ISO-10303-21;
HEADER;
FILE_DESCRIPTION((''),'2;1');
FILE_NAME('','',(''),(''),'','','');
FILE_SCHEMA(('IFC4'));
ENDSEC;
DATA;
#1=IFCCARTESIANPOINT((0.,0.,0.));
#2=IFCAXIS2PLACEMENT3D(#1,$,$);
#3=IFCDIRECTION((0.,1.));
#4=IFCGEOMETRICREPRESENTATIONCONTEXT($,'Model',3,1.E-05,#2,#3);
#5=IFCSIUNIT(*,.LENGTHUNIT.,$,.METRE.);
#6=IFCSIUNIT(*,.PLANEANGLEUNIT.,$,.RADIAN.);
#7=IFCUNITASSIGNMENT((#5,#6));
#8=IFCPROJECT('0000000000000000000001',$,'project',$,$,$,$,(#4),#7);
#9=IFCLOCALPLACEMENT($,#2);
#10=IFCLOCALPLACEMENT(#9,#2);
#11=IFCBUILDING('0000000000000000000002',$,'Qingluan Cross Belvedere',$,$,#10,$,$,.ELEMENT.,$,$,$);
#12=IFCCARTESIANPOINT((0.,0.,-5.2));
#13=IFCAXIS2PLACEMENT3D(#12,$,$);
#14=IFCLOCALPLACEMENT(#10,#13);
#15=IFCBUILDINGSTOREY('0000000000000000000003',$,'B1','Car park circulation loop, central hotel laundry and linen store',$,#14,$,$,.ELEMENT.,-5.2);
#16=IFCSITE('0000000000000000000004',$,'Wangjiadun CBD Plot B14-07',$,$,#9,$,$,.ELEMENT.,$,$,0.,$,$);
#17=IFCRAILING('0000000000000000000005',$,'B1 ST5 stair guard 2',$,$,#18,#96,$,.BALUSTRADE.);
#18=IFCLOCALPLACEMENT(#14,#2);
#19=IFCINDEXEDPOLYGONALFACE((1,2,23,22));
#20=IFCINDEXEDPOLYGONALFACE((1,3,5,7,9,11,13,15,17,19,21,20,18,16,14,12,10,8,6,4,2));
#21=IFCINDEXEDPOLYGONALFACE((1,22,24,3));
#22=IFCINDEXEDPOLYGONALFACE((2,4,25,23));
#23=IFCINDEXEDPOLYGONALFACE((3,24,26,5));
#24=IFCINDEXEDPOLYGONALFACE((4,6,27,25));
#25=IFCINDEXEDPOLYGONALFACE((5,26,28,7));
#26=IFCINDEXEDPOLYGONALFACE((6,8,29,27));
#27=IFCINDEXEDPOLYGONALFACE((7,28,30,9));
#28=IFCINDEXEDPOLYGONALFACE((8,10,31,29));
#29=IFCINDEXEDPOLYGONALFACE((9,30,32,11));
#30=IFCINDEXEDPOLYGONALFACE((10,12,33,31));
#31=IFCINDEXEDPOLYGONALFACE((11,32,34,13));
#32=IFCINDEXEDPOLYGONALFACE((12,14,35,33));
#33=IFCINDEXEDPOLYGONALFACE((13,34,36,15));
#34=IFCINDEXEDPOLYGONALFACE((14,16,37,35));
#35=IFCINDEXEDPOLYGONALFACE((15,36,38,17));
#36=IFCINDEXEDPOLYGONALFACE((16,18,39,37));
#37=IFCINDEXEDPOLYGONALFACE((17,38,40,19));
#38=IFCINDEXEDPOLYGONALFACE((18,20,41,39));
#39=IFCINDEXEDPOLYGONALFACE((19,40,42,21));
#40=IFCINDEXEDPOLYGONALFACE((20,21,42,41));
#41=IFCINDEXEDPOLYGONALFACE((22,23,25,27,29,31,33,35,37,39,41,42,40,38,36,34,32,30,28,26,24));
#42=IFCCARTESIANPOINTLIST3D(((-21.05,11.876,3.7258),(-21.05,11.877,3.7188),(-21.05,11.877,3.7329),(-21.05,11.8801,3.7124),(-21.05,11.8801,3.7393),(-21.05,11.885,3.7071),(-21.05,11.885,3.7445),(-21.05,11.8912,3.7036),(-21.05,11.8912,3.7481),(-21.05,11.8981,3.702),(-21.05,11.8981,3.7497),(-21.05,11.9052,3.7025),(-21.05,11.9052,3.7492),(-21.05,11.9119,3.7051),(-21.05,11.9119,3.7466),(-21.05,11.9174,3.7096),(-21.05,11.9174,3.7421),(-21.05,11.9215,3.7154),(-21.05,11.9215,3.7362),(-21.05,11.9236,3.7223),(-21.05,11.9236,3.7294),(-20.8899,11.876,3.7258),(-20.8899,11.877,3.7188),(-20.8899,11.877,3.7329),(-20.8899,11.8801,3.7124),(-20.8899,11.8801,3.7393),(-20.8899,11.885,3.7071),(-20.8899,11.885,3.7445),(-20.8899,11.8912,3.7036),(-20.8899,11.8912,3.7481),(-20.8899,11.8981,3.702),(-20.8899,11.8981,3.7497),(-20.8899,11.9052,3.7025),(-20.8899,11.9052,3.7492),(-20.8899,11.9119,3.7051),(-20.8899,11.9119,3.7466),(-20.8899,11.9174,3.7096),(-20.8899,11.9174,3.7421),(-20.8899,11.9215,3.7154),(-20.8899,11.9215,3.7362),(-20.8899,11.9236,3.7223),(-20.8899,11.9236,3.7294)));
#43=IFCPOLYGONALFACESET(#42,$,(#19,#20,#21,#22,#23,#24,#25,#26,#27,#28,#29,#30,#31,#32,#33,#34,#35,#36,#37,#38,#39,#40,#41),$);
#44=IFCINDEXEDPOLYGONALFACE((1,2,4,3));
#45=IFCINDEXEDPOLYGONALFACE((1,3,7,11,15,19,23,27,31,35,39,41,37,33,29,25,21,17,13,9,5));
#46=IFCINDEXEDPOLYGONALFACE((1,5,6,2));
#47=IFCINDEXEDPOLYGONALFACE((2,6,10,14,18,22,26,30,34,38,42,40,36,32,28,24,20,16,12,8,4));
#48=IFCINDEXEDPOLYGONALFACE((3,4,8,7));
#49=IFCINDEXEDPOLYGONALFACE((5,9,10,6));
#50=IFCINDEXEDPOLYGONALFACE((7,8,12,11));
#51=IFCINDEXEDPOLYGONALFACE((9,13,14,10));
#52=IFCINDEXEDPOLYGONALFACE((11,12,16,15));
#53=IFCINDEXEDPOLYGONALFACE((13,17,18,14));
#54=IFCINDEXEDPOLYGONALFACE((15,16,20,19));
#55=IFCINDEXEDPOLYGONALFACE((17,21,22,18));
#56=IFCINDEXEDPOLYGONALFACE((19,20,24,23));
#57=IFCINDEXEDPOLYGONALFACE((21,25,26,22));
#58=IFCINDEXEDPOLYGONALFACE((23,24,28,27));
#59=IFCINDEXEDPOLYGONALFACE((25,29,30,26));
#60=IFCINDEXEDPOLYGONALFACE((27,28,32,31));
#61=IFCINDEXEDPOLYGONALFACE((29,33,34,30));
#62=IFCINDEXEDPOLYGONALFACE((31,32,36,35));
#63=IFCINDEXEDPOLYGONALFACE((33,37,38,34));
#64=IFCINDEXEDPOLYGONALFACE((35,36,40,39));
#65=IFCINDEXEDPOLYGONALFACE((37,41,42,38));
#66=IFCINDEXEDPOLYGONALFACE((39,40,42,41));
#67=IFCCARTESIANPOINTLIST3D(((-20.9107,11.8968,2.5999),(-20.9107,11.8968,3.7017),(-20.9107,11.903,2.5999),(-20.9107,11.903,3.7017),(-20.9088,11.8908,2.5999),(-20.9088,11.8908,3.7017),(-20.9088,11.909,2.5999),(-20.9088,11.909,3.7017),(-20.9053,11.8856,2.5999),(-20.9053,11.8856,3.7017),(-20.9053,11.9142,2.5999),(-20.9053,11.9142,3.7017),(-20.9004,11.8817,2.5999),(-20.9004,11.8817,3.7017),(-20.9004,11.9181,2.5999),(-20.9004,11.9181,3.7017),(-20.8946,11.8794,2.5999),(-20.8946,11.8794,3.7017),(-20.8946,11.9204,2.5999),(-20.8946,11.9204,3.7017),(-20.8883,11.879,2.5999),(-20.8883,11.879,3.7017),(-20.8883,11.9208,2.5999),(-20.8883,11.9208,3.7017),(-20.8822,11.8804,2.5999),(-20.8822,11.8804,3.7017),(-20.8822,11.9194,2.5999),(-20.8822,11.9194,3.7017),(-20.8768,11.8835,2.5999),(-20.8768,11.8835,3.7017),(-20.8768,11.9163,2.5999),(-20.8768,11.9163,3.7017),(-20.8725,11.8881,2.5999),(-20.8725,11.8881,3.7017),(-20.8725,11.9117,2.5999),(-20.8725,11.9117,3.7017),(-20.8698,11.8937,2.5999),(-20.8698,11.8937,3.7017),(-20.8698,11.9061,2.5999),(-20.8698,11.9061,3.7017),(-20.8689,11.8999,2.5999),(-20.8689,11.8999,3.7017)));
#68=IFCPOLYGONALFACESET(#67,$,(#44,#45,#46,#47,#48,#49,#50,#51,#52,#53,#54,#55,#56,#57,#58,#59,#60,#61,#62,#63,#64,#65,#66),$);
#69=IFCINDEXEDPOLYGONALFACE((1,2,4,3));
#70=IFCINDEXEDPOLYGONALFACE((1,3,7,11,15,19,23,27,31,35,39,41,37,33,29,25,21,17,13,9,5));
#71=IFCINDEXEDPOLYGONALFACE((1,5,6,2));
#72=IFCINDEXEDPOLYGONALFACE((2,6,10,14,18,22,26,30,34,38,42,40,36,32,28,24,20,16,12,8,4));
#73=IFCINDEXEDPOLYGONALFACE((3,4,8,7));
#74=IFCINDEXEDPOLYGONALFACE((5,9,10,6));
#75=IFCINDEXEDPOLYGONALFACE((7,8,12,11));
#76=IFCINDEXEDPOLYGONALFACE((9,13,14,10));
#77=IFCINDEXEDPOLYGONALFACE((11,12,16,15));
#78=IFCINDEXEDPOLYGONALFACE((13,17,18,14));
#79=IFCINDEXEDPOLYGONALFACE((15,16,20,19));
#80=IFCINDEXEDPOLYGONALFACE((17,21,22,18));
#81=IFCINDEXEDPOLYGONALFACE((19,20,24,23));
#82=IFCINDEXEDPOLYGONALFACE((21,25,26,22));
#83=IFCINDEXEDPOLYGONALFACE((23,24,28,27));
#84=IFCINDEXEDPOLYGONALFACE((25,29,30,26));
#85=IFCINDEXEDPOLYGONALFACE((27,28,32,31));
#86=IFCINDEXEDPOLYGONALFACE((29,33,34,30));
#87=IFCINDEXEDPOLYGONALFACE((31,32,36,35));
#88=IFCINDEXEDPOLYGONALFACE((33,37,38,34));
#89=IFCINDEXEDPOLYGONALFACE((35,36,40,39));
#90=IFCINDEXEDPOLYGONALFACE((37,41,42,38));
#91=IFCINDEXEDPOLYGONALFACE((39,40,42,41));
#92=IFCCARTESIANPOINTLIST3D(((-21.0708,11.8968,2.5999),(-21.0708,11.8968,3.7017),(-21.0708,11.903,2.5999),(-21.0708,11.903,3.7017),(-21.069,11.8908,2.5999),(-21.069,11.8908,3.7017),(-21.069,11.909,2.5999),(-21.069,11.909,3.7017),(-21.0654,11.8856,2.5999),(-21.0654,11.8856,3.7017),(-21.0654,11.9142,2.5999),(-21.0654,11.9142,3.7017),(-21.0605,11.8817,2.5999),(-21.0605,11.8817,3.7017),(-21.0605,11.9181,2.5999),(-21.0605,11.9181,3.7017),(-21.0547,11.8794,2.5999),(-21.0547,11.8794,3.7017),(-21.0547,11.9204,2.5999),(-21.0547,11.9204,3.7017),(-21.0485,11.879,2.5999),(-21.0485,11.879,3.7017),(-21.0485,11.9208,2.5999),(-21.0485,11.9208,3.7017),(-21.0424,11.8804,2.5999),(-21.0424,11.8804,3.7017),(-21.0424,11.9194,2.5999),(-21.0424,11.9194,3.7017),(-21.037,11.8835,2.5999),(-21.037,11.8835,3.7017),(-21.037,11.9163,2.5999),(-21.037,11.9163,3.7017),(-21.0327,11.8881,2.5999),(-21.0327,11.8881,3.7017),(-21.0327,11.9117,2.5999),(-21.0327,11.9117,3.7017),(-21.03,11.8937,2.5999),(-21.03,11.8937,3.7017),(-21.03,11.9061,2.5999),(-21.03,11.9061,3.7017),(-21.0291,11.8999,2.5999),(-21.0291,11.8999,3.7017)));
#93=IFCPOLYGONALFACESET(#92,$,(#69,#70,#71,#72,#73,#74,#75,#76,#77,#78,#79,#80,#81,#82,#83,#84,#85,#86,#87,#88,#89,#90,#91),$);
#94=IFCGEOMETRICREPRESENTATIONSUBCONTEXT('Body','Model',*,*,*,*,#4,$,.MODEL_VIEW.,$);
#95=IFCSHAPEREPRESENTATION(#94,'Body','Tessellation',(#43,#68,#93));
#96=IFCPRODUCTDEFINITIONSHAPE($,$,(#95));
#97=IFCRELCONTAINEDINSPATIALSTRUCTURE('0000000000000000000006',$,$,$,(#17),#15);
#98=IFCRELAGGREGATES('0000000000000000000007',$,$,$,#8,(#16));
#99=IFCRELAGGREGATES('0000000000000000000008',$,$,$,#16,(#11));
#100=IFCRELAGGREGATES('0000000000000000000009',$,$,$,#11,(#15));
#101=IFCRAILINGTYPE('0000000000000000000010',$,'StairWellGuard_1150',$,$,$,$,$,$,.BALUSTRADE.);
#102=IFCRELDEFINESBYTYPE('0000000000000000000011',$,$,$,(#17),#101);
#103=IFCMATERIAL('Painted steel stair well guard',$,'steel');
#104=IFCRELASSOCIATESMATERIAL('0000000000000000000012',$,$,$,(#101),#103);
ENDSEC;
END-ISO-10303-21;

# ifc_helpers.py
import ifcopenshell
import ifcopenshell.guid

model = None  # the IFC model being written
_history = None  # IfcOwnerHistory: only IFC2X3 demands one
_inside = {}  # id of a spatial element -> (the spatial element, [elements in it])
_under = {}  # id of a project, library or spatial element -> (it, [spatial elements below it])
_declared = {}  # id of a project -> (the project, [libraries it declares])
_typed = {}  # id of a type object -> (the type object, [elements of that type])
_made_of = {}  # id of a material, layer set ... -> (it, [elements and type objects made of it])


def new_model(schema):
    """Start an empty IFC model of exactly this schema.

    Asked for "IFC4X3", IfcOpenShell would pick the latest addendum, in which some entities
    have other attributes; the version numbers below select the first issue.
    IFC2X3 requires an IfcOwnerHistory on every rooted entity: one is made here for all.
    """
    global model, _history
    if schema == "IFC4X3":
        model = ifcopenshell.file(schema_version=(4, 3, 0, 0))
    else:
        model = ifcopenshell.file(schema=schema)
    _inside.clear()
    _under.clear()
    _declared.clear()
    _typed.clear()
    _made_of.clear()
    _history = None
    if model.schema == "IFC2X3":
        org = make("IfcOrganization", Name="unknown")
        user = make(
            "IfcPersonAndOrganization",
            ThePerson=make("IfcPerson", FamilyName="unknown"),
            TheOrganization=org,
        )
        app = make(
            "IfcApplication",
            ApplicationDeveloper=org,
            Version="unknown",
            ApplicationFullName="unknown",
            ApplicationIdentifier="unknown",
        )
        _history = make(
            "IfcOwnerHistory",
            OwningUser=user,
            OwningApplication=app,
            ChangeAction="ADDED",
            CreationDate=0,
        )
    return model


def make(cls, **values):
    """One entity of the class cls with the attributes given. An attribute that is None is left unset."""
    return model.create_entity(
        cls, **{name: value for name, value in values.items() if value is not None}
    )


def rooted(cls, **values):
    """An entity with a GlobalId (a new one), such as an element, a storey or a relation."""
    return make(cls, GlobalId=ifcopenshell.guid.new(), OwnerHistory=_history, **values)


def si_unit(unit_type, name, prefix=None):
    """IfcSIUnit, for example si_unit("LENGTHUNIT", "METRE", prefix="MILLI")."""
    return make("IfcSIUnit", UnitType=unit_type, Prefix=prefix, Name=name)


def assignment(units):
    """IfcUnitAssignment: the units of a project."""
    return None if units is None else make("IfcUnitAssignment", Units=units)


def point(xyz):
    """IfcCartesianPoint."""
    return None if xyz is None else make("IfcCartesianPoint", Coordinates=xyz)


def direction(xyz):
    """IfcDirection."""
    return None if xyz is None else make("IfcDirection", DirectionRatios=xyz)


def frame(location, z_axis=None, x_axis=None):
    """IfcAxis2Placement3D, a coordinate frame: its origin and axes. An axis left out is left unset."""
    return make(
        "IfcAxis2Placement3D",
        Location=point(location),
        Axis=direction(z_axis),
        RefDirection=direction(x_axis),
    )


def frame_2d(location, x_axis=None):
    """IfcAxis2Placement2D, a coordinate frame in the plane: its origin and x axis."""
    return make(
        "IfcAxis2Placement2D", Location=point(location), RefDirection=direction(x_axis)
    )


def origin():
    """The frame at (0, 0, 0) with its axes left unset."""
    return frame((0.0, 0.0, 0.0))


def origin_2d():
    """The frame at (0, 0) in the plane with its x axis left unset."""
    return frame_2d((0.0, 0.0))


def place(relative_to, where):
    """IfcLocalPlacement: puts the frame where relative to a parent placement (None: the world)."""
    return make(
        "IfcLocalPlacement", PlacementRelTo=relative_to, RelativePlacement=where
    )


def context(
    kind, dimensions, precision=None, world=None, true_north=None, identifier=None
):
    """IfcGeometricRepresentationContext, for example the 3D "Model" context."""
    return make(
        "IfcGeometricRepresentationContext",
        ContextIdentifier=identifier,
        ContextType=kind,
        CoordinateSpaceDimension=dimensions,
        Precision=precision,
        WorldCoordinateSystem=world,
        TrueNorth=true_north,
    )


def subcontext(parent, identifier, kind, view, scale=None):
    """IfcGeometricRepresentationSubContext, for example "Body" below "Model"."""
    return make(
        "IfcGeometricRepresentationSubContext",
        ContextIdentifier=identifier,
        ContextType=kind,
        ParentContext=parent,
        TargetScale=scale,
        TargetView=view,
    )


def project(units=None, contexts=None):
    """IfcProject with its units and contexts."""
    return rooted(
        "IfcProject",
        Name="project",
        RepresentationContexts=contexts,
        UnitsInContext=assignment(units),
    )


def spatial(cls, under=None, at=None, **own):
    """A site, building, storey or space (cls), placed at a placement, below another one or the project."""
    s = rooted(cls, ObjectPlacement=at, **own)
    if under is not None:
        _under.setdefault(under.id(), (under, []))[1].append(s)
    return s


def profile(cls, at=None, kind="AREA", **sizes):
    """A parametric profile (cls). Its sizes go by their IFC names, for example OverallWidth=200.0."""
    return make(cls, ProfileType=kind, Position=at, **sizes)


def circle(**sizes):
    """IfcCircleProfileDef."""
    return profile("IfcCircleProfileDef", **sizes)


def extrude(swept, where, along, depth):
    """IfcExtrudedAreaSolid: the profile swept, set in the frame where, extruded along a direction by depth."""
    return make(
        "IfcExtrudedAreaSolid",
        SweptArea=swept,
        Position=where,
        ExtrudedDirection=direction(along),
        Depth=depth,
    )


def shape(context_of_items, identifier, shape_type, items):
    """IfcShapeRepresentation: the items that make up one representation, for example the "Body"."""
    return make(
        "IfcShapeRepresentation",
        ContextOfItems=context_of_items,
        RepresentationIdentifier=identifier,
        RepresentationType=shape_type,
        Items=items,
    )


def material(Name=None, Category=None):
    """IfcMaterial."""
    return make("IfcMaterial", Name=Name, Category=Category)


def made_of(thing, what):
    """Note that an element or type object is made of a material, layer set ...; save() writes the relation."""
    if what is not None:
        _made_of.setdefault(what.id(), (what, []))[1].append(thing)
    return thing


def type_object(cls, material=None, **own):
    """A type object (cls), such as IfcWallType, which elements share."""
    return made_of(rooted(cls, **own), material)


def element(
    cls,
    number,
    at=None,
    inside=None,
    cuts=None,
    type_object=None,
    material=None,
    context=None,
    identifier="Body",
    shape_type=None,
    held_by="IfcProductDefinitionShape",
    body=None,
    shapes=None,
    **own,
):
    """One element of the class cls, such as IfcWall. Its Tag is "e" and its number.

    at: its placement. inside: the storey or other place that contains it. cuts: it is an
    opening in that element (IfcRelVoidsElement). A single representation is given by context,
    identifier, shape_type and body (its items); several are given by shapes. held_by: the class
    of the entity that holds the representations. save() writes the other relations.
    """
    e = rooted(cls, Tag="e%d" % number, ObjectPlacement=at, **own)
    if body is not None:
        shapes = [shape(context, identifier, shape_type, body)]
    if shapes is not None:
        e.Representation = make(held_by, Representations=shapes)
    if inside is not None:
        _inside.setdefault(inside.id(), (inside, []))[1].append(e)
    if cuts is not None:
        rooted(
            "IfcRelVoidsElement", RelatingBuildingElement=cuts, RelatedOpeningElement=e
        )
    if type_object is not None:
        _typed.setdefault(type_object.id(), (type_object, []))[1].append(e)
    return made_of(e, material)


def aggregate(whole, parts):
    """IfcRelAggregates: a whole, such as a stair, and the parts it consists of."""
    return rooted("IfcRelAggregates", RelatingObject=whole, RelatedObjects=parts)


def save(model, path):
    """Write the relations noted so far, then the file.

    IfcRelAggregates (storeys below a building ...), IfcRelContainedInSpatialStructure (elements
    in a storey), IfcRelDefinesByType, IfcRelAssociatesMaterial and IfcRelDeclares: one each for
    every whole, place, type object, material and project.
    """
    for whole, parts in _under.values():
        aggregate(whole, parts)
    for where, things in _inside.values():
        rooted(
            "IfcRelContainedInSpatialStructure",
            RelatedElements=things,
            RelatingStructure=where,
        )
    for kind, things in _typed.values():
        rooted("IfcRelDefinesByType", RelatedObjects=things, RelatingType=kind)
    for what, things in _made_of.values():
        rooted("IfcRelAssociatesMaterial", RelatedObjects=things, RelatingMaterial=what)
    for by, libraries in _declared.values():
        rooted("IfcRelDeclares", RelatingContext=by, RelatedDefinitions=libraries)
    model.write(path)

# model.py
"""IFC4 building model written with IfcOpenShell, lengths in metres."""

from ifc_helpers import new_model, si_unit, direction, frame, origin, origin_2d, place, context, subcontext, project, spatial, circle, extrude, material, type_object, element, save


model = new_model("IFC4")

# Units and contexts
model_context = context("Model", 3, precision=1e-05, world=origin(), true_north=direction((0.0, 1.0)))
body_context = subcontext(model_context, "Body", "Model", "MODEL_VIEW")
ifc_project = project(units=[si_unit("LENGTHUNIT", "METRE"), si_unit("PLANEANGLEUNIT", "RADIAN")], contexts=[model_context])

# Site, building, storey
site_placement = place(None, origin())
site = spatial("IfcSite", under=ifc_project, at=site_placement, Name="Wangjiadun CBD Plot B14-07", CompositionType="ELEMENT", RefElevation=0.0)
building_placement = place(site_placement, origin())
building = spatial("IfcBuilding", under=site, at=building_placement, Name="Qingluan Cross Belvedere", CompositionType="ELEMENT")
storey_placement = place(building_placement, frame((0.0, 0.0, -5.2)))
storey = spatial("IfcBuildingStorey", under=building, at=storey_placement, Name="B1", Description="Car park circulation loop, central hotel laundry and linen store", CompositionType="ELEMENT", Elevation=-5.2)

# Railing
ifc_material_1 = material(Name="Painted steel stair well guard", Category="steel")
railing_type_1 = type_object("IfcRailingType", Name="StairWellGuard_1150", PredefinedType="BALUSTRADE", material=ifc_material_1)
railing_1_placement = place(storey_placement, frame((-20.8899, 11.8999, 2.5999)))
element("IfcRailing", 1, at=railing_1_placement, inside=storey, type_object=railing_type_1, Name="B1 ST5 stair guard 2", PredefinedType="BALUSTRADE", context=body_context, shape_type="SweptSolid", body=[
    extrude(circle(Radius=0.0239, at=origin_2d()), frame((0.0, 0.0, 1.126), z_axis=(-1.0, 0.0, 0.0), x_axis=(0.0, -1.0, 0.0)), (0.0, 0.0, 1.0), 0.1602),
    extrude(circle(Radius=0.021, at=origin_2d()), origin(), (0.0, 0.0, 1.0), 1.1018),
    extrude(circle(Radius=0.021, at=origin_2d()), frame((-0.1602, 0.0, 0.0)), (0.0, 0.0, 1.0), 1.1018),
])

save(model, "model.ifc")
